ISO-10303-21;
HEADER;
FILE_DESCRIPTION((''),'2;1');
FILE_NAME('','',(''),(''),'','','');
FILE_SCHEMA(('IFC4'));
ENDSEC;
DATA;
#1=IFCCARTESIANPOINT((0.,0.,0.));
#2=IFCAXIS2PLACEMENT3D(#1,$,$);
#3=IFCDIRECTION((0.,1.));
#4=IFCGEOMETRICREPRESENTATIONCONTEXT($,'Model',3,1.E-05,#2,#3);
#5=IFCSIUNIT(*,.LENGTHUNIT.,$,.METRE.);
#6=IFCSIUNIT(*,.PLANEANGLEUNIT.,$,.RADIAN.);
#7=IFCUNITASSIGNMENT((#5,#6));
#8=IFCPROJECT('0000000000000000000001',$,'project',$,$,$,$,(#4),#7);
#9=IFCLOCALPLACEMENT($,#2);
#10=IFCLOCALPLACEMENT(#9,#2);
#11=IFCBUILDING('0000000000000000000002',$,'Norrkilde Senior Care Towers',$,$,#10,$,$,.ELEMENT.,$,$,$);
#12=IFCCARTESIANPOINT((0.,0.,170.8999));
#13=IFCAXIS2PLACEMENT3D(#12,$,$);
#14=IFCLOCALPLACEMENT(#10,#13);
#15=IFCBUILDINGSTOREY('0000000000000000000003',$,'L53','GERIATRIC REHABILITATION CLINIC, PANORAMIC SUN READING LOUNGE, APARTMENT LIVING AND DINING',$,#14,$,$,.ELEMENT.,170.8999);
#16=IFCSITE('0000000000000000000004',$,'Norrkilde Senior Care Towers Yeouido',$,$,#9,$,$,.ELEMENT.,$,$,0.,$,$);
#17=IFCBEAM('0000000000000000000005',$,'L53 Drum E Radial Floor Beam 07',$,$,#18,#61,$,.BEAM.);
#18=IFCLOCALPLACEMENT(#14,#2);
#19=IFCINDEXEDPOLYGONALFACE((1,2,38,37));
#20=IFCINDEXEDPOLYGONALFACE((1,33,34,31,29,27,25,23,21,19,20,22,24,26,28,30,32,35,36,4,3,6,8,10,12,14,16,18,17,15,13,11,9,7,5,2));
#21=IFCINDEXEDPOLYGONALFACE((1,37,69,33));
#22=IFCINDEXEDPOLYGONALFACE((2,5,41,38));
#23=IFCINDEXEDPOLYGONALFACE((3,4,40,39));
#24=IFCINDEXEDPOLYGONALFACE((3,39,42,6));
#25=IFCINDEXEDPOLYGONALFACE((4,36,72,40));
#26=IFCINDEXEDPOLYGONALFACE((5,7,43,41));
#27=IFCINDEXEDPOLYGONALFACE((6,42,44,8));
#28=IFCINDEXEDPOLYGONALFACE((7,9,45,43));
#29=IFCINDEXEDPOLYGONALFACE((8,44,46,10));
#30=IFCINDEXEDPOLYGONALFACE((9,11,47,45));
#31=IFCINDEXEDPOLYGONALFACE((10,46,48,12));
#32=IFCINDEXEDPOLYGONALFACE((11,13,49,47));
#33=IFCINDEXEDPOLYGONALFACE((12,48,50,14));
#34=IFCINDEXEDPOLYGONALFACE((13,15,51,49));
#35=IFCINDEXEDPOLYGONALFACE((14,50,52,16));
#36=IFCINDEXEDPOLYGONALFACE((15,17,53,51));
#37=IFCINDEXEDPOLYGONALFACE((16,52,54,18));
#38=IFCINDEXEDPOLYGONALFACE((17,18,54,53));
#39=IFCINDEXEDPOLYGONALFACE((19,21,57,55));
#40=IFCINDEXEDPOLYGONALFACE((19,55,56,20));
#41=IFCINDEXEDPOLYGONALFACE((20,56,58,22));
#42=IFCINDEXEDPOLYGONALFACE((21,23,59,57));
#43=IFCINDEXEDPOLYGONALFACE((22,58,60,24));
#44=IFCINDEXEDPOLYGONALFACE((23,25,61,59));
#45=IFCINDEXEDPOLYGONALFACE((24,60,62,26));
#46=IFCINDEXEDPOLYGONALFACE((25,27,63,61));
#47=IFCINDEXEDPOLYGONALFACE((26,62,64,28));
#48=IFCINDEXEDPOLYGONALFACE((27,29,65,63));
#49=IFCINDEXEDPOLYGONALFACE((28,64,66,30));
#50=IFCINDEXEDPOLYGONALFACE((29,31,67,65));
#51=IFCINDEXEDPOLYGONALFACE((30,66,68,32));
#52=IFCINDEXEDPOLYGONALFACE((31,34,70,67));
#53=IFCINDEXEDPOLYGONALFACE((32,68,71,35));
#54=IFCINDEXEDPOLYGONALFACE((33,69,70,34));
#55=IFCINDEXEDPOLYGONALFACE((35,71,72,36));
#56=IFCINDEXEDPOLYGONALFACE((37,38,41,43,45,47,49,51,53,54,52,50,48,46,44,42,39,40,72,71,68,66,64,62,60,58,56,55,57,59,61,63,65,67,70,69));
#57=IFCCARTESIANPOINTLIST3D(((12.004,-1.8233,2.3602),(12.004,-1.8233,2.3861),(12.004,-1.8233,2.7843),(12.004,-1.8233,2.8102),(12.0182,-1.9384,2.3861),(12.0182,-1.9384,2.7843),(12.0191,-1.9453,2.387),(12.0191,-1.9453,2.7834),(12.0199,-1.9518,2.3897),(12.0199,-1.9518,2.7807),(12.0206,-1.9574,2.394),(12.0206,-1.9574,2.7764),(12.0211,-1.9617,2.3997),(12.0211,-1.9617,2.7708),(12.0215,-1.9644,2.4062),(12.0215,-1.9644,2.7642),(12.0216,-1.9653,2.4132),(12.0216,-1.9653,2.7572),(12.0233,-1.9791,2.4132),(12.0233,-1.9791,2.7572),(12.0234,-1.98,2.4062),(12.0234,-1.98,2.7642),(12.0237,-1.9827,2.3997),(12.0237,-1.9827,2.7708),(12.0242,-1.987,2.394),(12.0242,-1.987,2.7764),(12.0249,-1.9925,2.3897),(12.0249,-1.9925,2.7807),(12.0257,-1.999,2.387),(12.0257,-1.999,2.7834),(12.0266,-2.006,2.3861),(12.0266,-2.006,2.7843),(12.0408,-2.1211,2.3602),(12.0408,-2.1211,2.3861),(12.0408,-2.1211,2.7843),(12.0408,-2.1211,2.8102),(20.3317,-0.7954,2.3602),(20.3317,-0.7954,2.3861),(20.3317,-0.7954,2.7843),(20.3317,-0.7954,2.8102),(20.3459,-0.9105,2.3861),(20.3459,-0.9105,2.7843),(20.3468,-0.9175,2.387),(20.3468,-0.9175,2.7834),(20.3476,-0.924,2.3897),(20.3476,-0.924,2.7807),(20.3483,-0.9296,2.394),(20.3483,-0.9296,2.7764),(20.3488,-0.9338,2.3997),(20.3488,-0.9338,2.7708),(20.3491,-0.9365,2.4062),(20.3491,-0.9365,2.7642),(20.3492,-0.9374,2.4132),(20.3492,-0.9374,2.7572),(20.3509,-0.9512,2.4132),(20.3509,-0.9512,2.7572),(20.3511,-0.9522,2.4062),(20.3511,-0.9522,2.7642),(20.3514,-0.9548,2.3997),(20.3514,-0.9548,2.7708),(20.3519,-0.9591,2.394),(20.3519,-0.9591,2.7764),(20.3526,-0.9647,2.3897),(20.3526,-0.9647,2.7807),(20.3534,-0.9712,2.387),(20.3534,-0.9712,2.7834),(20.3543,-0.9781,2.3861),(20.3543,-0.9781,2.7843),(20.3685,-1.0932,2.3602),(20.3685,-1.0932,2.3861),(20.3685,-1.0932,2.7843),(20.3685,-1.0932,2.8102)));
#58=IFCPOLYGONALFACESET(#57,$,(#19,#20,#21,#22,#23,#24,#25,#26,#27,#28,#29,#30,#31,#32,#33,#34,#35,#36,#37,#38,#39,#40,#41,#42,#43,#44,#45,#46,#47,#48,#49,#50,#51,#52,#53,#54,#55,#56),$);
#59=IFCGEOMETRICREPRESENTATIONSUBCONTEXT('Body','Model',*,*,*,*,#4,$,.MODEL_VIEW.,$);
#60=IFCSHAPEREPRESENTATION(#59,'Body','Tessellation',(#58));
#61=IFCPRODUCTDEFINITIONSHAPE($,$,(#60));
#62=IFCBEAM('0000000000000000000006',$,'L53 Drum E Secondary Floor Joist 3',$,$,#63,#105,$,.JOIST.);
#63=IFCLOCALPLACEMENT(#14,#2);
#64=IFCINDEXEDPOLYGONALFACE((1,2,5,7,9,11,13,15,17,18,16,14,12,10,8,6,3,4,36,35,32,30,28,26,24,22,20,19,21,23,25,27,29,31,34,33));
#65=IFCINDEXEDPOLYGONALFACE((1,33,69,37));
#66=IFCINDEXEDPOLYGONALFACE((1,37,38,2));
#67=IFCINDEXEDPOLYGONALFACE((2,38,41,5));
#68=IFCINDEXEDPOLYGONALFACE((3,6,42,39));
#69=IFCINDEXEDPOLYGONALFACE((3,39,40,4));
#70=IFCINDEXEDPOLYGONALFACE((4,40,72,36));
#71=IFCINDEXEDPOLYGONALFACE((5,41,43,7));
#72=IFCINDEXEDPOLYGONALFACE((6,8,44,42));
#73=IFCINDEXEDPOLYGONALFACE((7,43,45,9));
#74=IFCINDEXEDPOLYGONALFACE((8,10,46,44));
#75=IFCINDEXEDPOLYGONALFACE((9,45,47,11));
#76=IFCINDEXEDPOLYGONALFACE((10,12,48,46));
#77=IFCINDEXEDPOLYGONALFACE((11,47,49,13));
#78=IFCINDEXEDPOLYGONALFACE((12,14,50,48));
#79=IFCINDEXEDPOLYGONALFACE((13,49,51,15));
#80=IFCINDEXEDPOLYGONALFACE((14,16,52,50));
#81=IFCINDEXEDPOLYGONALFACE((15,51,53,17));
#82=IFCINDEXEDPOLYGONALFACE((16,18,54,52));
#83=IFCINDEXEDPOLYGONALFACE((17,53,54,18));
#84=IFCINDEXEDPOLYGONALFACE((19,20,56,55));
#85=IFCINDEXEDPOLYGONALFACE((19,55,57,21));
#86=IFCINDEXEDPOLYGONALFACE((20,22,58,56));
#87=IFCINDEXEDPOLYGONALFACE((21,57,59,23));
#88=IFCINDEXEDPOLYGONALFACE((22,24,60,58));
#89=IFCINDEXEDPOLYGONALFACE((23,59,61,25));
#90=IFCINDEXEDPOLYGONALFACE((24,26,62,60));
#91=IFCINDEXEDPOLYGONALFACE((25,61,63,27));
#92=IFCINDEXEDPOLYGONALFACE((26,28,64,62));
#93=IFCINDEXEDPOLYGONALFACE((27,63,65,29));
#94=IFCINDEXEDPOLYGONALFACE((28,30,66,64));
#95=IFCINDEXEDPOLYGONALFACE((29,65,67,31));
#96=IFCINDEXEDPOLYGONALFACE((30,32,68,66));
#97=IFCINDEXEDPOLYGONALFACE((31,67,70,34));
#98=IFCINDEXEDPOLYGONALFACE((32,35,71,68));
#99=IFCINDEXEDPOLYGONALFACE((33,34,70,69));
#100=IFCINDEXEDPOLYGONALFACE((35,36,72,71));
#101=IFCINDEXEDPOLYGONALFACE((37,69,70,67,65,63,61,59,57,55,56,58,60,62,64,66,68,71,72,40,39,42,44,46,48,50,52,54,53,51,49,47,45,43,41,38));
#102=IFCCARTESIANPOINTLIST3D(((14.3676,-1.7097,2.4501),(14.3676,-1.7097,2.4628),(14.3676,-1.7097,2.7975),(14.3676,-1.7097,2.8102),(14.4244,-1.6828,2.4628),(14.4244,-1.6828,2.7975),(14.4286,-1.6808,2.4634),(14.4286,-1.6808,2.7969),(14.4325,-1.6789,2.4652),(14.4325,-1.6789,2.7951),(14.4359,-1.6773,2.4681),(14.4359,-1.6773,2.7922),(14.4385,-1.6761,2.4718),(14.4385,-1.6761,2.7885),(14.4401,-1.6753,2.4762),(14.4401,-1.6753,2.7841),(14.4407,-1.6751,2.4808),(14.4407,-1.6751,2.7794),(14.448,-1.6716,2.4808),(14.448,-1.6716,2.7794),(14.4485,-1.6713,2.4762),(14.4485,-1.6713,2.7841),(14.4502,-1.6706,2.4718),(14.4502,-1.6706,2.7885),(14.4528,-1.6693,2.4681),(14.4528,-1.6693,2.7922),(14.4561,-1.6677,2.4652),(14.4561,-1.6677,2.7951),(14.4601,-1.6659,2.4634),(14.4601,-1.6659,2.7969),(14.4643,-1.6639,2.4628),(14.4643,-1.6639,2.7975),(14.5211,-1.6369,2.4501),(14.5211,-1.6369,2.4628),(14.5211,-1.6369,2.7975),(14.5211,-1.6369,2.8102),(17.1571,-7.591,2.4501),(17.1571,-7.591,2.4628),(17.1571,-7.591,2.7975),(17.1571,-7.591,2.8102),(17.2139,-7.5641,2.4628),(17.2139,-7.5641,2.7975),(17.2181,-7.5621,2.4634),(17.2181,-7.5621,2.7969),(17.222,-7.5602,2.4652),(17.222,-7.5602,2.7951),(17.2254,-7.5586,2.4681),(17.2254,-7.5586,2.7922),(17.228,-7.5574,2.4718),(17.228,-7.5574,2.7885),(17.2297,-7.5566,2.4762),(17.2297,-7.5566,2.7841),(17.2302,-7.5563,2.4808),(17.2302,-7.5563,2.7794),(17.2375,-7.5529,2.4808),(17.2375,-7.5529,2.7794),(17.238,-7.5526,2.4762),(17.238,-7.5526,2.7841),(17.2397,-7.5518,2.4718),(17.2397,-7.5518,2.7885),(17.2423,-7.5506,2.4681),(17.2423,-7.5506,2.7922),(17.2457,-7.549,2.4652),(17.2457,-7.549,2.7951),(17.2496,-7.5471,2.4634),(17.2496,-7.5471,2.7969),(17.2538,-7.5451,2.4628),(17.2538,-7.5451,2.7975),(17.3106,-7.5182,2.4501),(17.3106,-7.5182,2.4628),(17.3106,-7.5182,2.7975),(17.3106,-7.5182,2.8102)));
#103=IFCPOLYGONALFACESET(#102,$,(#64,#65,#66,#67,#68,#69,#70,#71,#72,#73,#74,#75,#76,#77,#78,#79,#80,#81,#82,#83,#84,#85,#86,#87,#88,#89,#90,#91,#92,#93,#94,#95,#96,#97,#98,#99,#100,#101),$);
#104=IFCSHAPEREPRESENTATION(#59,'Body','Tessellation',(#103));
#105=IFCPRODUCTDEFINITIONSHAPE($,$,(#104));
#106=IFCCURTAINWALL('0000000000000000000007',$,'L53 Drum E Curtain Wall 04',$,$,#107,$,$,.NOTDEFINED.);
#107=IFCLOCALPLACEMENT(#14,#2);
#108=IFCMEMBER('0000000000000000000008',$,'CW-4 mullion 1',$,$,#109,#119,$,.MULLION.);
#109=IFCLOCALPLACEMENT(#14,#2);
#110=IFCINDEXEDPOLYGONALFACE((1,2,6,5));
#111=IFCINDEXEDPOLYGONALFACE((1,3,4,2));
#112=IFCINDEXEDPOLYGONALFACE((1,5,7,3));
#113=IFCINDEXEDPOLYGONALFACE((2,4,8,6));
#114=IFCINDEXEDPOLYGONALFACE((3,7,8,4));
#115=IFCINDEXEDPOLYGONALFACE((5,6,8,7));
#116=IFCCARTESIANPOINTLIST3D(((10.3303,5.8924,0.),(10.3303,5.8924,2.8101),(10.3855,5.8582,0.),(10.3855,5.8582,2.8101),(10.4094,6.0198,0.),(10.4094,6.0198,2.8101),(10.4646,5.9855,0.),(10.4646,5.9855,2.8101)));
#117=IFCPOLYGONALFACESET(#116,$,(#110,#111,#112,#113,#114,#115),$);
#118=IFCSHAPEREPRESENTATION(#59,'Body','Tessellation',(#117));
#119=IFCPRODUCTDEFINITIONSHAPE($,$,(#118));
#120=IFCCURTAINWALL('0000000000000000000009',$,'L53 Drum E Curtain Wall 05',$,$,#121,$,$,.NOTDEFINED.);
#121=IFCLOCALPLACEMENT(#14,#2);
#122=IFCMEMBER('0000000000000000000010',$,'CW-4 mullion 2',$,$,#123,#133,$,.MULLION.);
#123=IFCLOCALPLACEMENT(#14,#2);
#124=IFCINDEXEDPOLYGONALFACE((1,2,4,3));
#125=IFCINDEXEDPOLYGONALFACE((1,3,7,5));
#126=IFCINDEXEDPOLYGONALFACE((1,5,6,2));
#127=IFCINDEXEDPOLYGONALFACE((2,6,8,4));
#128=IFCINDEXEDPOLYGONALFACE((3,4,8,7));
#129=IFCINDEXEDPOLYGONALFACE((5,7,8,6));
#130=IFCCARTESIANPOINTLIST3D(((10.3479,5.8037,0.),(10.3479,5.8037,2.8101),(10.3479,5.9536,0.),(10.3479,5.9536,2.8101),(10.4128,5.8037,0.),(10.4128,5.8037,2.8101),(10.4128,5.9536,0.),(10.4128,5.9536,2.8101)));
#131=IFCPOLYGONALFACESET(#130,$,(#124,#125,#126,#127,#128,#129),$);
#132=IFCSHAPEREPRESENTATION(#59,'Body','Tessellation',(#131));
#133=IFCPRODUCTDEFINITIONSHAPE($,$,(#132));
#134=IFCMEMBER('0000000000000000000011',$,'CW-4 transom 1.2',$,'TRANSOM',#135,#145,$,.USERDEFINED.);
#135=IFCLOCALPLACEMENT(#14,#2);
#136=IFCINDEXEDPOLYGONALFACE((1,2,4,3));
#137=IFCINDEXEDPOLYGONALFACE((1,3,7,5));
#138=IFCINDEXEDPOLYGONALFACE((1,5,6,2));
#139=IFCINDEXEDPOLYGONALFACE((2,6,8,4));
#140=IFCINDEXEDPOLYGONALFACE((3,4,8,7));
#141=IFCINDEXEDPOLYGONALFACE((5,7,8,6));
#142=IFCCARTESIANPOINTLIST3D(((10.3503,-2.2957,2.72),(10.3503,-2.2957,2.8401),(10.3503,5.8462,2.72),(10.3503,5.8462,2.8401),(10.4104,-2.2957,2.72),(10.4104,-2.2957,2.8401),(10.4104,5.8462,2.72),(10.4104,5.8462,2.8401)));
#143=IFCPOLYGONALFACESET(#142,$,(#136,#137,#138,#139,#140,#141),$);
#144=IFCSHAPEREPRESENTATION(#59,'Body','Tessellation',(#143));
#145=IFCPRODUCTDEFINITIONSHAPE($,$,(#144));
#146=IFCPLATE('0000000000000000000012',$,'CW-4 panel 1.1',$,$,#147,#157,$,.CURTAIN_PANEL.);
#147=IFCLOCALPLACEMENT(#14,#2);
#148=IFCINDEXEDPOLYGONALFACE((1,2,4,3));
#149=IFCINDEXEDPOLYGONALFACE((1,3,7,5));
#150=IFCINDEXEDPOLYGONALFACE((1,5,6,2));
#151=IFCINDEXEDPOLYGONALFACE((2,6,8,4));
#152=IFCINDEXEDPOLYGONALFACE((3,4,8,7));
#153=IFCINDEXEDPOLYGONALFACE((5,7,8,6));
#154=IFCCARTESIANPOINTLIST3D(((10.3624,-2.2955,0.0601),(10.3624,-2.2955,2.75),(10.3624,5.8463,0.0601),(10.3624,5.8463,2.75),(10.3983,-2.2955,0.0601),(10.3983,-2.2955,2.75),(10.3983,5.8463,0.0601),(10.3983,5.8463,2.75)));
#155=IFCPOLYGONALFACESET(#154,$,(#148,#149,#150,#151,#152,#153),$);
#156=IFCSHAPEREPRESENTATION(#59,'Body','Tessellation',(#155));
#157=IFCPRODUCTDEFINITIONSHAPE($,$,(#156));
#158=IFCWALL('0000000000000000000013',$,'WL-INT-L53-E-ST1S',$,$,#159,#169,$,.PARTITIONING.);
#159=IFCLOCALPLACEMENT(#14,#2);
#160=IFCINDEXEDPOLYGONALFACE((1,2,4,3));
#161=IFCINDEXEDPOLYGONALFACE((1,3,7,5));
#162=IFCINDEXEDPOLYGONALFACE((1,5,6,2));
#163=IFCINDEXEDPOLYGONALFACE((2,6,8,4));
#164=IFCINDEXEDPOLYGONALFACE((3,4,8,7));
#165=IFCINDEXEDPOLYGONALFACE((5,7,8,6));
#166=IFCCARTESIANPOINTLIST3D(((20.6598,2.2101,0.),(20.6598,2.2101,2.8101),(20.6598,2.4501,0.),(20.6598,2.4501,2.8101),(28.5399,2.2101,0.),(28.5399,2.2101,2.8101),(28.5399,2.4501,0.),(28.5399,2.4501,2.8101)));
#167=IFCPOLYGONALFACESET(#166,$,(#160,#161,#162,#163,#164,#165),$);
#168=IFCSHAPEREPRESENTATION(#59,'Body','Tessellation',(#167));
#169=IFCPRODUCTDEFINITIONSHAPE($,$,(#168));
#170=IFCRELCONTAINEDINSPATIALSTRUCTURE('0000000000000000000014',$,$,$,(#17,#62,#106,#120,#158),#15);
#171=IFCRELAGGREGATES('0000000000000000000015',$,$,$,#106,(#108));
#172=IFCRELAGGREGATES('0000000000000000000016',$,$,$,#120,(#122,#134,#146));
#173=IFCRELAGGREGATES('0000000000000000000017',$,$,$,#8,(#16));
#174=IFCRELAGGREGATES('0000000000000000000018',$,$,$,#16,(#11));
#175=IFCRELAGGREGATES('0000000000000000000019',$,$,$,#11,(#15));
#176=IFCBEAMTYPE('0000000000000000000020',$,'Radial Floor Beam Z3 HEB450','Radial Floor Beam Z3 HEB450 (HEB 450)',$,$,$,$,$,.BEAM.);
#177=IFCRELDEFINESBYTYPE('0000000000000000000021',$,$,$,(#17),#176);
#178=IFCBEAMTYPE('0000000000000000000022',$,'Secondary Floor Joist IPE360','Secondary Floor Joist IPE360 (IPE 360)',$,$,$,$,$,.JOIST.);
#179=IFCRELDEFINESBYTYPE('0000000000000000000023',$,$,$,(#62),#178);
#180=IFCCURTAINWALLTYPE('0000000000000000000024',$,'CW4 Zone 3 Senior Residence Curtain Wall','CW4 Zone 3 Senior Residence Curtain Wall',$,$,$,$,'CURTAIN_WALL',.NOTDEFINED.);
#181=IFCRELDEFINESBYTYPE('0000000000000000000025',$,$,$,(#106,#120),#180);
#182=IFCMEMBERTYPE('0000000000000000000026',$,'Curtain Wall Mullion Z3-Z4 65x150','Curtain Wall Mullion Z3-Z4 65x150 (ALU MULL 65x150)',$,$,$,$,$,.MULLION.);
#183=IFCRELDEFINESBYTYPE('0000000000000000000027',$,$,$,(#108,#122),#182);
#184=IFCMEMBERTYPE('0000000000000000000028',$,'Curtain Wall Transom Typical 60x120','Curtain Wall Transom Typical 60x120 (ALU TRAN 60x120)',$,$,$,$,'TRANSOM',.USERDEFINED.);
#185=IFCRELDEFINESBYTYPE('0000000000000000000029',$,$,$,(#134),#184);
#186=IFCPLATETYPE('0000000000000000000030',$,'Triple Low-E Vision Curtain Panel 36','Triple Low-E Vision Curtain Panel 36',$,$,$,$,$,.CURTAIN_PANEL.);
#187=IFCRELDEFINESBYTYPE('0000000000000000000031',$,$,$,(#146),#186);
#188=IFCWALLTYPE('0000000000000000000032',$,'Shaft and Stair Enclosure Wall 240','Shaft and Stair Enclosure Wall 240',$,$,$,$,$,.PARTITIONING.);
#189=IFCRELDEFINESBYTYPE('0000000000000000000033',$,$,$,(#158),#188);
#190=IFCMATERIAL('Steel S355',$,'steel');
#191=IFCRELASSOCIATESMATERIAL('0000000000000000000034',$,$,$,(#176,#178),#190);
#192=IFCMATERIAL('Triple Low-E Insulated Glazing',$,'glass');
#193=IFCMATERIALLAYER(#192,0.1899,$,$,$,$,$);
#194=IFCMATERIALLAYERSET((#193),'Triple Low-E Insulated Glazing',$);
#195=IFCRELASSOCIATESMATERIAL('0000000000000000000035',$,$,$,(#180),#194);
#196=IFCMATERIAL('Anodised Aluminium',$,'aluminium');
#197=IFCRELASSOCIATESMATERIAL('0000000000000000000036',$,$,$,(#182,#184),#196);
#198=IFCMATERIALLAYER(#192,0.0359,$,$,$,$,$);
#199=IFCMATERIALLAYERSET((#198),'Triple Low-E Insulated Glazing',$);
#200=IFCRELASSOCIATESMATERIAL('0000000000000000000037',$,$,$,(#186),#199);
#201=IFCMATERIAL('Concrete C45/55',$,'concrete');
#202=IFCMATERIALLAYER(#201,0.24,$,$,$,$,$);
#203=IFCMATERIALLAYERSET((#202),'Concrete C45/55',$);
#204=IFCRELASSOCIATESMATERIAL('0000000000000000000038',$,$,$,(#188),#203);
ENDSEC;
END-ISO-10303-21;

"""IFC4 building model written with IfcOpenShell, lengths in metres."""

from ifc_helpers import new_model, si_unit, direction, frame, frame_2d, origin, origin_2d, place, context, subcontext, project, spatial, rectangle, i_section, extrude, source, transform, mapped, material, layer, layer_set, material_profile, profile_set, type_object, type_shapes, element, aggregate, save


model = new_model("IFC4")

# Units and contexts
model_context = context("Model", 3, precision=1e-05, world=origin(), true_north=direction((0.0, 1.0)))
body_context = subcontext(model_context, "Body", "Model", "MODEL_VIEW")
ifc_project = project(units=[si_unit("LENGTHUNIT", "METRE"), si_unit("PLANEANGLEUNIT", "RADIAN")], contexts=[model_context])

# Site, building, storey
site_placement = place(None, origin())
site = spatial("IfcSite", under=ifc_project, at=site_placement, Name="Norrkilde Senior Care Towers Yeouido", CompositionType="ELEMENT", RefElevation=0.0)
building_placement = place(site_placement, origin())
building = spatial("IfcBuilding", under=site, at=building_placement, Name="Norrkilde Senior Care Towers", CompositionType="ELEMENT")
storey_placement = place(building_placement, frame((0.0, 0.0, 170.8999)))
storey = spatial("IfcBuildingStorey", under=building, at=storey_placement, Name="L53", Description="GERIATRIC REHABILITATION CLINIC, PANORAMIC SUN READING LOUNGE, APARTMENT LIVING AND DINING", CompositionType="ELEMENT", Elevation=170.8999)

# Beams
ifc_material_1 = material(Name="Steel S355", Category="steel")
ifc_material_profile_1 = material_profile(ifc_material_1, i_section(OverallWidth=0.3, OverallDepth=0.45, WebThickness=0.0139, FlangeThickness=0.0259, FilletRadius=0.0271, at=origin_2d()), Name="HEB 450")
ifc_profile_set_1 = profile_set([ifc_material_profile_1], Name="Steel S355")
beam_type_1 = type_object("IfcBeamType", Name="Radial Floor Beam Z3 HEB450", Description="Radial Floor Beam Z3 HEB450 (HEB 450)", PredefinedType="BEAM", material=ifc_profile_set_1)
shared_shape_1 = source(origin(), body_context, "Body", "SweptSolid", [
    extrude(i_section(OverallWidth=0.3, OverallDepth=0.45, WebThickness=0.0139, FlangeThickness=0.0259, FilletRadius=0.0271, at=origin_2d()), origin(), (0.0, 0.0, 1.0), 8.3909),
])
beam_1_placement = place(storey_placement, frame((20.3501, -0.9443, 2.5852), z_axis=(-0.992469, -0.122495, 0.0), x_axis=(0.122495, -0.992469, 0.0)))
element("IfcBeam", 1, at=beam_1_placement, inside=storey, type_object=beam_type_1, Name="L53 Drum E Radial Floor Beam 07", PredefinedType="BEAM", context=body_context, shape_type="MappedRepresentation", body=[
    mapped(shared_shape_1, transform((0.0, 0.0, 0.0), x_axis=(1.0, 0.0, 0.0), y_axis=(0.0, 1.0, 0.0), z_axis=(0.0, 0.0, 1.0), scale=1.0)),
])
ifc_material_profile_2 = material_profile(ifc_material_1, i_section(OverallWidth=0.1699, OverallDepth=0.3601, WebThickness=0.0081, FlangeThickness=0.0127, FilletRadius=0.0181, at=origin_2d()), Name="IPE 360")
ifc_profile_set_2 = profile_set([ifc_material_profile_2], Name="Steel S355")
beam_type_2 = type_object("IfcBeamType", Name="Secondary Floor Joist IPE360", Description="Secondary Floor Joist IPE360 (IPE 360)", PredefinedType="JOIST", material=ifc_profile_set_2)
shared_shape_2 = source(origin(), body_context, "Body", "SweptSolid", [
    extrude(i_section(OverallWidth=0.1699, OverallDepth=0.3601, WebThickness=0.0081, FlangeThickness=0.0127, FilletRadius=0.0181, at=origin_2d()), origin(), (0.0, 0.0, 1.0), 6.5093),
])
type_shapes(beam_type_2, [shared_shape_2])
beam_2_placement = place(storey_placement, frame((14.4443, -1.6733, 2.6301), z_axis=(0.428544, -0.903521, 0.0), x_axis=(0.903521, 0.428544, 0.0)))
element("IfcBeam", 2, at=beam_2_placement, inside=storey, type_object=beam_type_2, Name="L53 Drum E Secondary Floor Joist 3", PredefinedType="JOIST", context=body_context, shape_type="MappedRepresentation", body=[
    mapped(shared_shape_2, transform((0.0, 0.0, 0.0), x_axis=(1.0, 0.0, 0.0), y_axis=(0.0, 1.0, 0.0), z_axis=(0.0, 0.0, 1.0), scale=1.0)),
])

# Curtain wall, member
ifc_material_2 = material(Name="Triple Low-E Insulated Glazing", Category="glass")
ifc_layer_1 = layer(ifc_material_2, 0.1899)
ifc_layer_set_1 = layer_set([ifc_layer_1], Name="Triple Low-E Insulated Glazing")
curtain_wall_type = type_object("IfcCurtainWallType", Name="CW4 Zone 3 Senior Residence Curtain Wall", Description="CW4 Zone 3 Senior Residence Curtain Wall", ElementType="CURTAIN_WALL", PredefinedType="NOTDEFINED", material=ifc_layer_set_1)
curtain_wall_1_placement = place(storey_placement, origin())
curtain_wall_1 = element("IfcCurtainWall", 3, at=curtain_wall_1_placement, inside=storey, type_object=curtain_wall_type, Name="L53 Drum E Curtain Wall 04", PredefinedType="NOTDEFINED")
ifc_material_3 = material(Name="Anodised Aluminium", Category="aluminium")
ifc_material_profile_3 = material_profile(ifc_material_3, rectangle(XDim=0.0649, YDim=0.1499, at=origin_2d()), Name="ALU MULL 65x150")
ifc_profile_set_3 = profile_set([ifc_material_profile_3], Name="Anodised Aluminium")
member_type_1 = type_object("IfcMemberType", Name="Curtain Wall Mullion Z3-Z4 65x150", Description="Curtain Wall Mullion Z3-Z4 65x150 (ALU MULL 65x150)", PredefinedType="MULLION", material=ifc_profile_set_3)
shared_shape_3 = source(origin(), body_context, "Body", "SweptSolid", [
    extrude(rectangle(XDim=0.0649, YDim=0.1499, at=origin_2d()), origin(), (0.0, 0.0, 1.0), 2.8101),
])
type_shapes(member_type_1, [shared_shape_3])
member_1_placement = place(storey_placement, frame((10.3975, 5.939, 0.0), z_axis=(0.0, 0.0, 1.0), x_axis=(-0.849634, 0.527373, 0.0)))
member_1 = element("IfcMember", 4, at=member_1_placement, type_object=member_type_1, Name="CW-4 mullion 1", PredefinedType="MULLION", context=body_context, shape_type="MappedRepresentation", body=[
    mapped(shared_shape_3, transform((0.0, 0.0, 0.0), x_axis=(1.0, 0.0, 0.0), y_axis=(0.0, 1.0, 0.0), z_axis=(0.0, 0.0, 1.0), scale=1.0)),
])
aggregate(curtain_wall_1, [member_1])

# Curtain wall, members, plate
curtain_wall_2_placement = place(storey_placement, origin())
curtain_wall_2 = element("IfcCurtainWall", 5, at=curtain_wall_2_placement, inside=storey, type_object=curtain_wall_type, Name="L53 Drum E Curtain Wall 05", PredefinedType="NOTDEFINED")
member_2_placement = place(storey_placement, frame((10.3804, 5.8787, 0.0), z_axis=(0.0, 0.0, 1.0), x_axis=(-1.0, 0.0, 0.0)))
member_2 = element("IfcMember", 6, at=member_2_placement, type_object=member_type_1, Name="CW-4 mullion 2", PredefinedType="MULLION", context=body_context, shape_type="MappedRepresentation", body=[
    mapped(shared_shape_3, transform((0.0, 0.0, 0.0), x_axis=(1.0, 0.0, 0.0), y_axis=(0.0, 1.0, 0.0), z_axis=(0.0, 0.0, 1.0), scale=1.0)),
])
ifc_material_profile_4 = material_profile(ifc_material_3, rectangle(XDim=0.0601, YDim=0.1201, at=origin_2d()), Name="ALU TRAN 60x120")
ifc_profile_set_4 = profile_set([ifc_material_profile_4], Name="Anodised Aluminium")
member_type_2 = type_object("IfcMemberType", Name="Curtain Wall Transom Typical 60x120", Description="Curtain Wall Transom Typical 60x120 (ALU TRAN 60x120)", ElementType="TRANSOM", PredefinedType="USERDEFINED", material=ifc_profile_set_4)
shared_shape_4 = source(origin(), body_context, "Body", "SweptSolid", [
    extrude(rectangle(XDim=0.0601, YDim=0.1201, at=origin_2d()), origin(), (0.0, 0.0, 1.0), 8.1418),
])
type_shapes(member_type_2, [shared_shape_4])
member_3_placement = place(storey_placement, frame((10.3804, -2.2957, 2.78), z_axis=(0.0, 1.0, 0.0), x_axis=(-1.0, 0.0, 0.0)))
member_3 = element("IfcMember", 7, at=member_3_placement, type_object=member_type_2, Name="CW-4 transom 1.2", ObjectType="TRANSOM", PredefinedType="USERDEFINED", context=body_context, shape_type="MappedRepresentation", body=[
    mapped(shared_shape_4, transform((0.0, 0.0, 0.0), x_axis=(1.0, 0.0, 0.0), y_axis=(0.0, 1.0, 0.0), z_axis=(0.0, 0.0, 1.0), scale=1.0)),
])
ifc_layer_2 = layer(ifc_material_2, 0.0359)
ifc_layer_set_2 = layer_set([ifc_layer_2], Name="Triple Low-E Insulated Glazing")
plate_type = type_object("IfcPlateType", Name="Triple Low-E Vision Curtain Panel 36", Description="Triple Low-E Vision Curtain Panel 36", PredefinedType="CURTAIN_PANEL", material=ifc_layer_set_2)
shared_shape_5 = source(origin(), body_context, "Body", "SweptSolid", [
    extrude(rectangle(XDim=8.1418, YDim=0.0359, at=origin_2d()), origin(), (0.0, 0.0, 1.0), 2.6899),
])
type_shapes(plate_type, [shared_shape_5])
plate_placement = place(storey_placement, frame((10.3804, 1.7754, 0.0601), z_axis=(0.0, 0.0, 1.0), x_axis=(0.0, 1.0, 0.0)))
plate = element("IfcPlate", 8, at=plate_placement, type_object=plate_type, Name="CW-4 panel 1.1", PredefinedType="CURTAIN_PANEL", context=body_context, shape_type="MappedRepresentation", body=[
    mapped(shared_shape_5, transform((0.0, 0.0, 0.0), x_axis=(1.0, 0.0, 0.0), y_axis=(0.0, 1.0, 0.0), z_axis=(0.0, 0.0, 1.0), scale=1.0)),
])
aggregate(curtain_wall_2, [member_2, member_3, plate])

# Wall
ifc_material_4 = material(Name="Concrete C45/55", Category="concrete")
ifc_layer_3 = layer(ifc_material_4, 0.24)
ifc_layer_set_3 = layer_set([ifc_layer_3], Name="Concrete C45/55")
wall_type_1 = type_object("IfcWallType", Name="Shaft and Stair Enclosure Wall 240", Description="Shaft and Stair Enclosure Wall 240", PredefinedType="PARTITIONING", material=ifc_layer_set_3)
shared_shape_6 = source(origin(), body_context, "Body", "SweptSolid", [
    extrude(rectangle(XDim=7.8801, YDim=0.24, at=frame_2d((3.9399, 0.0))), origin(), (0.0, 0.0, 1.0), 2.8101),
])
wall_1_placement = place(storey_placement, frame((20.6599, 2.3301, 0.0), z_axis=(0.0, 0.0, 1.0), x_axis=(1.0, 0.0, 0.0)))
element("IfcWall", 9, at=wall_1_placement, inside=storey, type_object=wall_type_1, Name="WL-INT-L53-E-ST1S", PredefinedType="PARTITIONING", context=body_context, shape_type="MappedRepresentation", body=[
    mapped(shared_shape_6, transform((0.0, 0.0, 0.0), x_axis=(1.0, 0.0, 0.0), y_axis=(0.0, 1.0, 0.0), z_axis=(0.0, 0.0, 1.0), scale=1.0)),
])

save(model, "model.ifc")
